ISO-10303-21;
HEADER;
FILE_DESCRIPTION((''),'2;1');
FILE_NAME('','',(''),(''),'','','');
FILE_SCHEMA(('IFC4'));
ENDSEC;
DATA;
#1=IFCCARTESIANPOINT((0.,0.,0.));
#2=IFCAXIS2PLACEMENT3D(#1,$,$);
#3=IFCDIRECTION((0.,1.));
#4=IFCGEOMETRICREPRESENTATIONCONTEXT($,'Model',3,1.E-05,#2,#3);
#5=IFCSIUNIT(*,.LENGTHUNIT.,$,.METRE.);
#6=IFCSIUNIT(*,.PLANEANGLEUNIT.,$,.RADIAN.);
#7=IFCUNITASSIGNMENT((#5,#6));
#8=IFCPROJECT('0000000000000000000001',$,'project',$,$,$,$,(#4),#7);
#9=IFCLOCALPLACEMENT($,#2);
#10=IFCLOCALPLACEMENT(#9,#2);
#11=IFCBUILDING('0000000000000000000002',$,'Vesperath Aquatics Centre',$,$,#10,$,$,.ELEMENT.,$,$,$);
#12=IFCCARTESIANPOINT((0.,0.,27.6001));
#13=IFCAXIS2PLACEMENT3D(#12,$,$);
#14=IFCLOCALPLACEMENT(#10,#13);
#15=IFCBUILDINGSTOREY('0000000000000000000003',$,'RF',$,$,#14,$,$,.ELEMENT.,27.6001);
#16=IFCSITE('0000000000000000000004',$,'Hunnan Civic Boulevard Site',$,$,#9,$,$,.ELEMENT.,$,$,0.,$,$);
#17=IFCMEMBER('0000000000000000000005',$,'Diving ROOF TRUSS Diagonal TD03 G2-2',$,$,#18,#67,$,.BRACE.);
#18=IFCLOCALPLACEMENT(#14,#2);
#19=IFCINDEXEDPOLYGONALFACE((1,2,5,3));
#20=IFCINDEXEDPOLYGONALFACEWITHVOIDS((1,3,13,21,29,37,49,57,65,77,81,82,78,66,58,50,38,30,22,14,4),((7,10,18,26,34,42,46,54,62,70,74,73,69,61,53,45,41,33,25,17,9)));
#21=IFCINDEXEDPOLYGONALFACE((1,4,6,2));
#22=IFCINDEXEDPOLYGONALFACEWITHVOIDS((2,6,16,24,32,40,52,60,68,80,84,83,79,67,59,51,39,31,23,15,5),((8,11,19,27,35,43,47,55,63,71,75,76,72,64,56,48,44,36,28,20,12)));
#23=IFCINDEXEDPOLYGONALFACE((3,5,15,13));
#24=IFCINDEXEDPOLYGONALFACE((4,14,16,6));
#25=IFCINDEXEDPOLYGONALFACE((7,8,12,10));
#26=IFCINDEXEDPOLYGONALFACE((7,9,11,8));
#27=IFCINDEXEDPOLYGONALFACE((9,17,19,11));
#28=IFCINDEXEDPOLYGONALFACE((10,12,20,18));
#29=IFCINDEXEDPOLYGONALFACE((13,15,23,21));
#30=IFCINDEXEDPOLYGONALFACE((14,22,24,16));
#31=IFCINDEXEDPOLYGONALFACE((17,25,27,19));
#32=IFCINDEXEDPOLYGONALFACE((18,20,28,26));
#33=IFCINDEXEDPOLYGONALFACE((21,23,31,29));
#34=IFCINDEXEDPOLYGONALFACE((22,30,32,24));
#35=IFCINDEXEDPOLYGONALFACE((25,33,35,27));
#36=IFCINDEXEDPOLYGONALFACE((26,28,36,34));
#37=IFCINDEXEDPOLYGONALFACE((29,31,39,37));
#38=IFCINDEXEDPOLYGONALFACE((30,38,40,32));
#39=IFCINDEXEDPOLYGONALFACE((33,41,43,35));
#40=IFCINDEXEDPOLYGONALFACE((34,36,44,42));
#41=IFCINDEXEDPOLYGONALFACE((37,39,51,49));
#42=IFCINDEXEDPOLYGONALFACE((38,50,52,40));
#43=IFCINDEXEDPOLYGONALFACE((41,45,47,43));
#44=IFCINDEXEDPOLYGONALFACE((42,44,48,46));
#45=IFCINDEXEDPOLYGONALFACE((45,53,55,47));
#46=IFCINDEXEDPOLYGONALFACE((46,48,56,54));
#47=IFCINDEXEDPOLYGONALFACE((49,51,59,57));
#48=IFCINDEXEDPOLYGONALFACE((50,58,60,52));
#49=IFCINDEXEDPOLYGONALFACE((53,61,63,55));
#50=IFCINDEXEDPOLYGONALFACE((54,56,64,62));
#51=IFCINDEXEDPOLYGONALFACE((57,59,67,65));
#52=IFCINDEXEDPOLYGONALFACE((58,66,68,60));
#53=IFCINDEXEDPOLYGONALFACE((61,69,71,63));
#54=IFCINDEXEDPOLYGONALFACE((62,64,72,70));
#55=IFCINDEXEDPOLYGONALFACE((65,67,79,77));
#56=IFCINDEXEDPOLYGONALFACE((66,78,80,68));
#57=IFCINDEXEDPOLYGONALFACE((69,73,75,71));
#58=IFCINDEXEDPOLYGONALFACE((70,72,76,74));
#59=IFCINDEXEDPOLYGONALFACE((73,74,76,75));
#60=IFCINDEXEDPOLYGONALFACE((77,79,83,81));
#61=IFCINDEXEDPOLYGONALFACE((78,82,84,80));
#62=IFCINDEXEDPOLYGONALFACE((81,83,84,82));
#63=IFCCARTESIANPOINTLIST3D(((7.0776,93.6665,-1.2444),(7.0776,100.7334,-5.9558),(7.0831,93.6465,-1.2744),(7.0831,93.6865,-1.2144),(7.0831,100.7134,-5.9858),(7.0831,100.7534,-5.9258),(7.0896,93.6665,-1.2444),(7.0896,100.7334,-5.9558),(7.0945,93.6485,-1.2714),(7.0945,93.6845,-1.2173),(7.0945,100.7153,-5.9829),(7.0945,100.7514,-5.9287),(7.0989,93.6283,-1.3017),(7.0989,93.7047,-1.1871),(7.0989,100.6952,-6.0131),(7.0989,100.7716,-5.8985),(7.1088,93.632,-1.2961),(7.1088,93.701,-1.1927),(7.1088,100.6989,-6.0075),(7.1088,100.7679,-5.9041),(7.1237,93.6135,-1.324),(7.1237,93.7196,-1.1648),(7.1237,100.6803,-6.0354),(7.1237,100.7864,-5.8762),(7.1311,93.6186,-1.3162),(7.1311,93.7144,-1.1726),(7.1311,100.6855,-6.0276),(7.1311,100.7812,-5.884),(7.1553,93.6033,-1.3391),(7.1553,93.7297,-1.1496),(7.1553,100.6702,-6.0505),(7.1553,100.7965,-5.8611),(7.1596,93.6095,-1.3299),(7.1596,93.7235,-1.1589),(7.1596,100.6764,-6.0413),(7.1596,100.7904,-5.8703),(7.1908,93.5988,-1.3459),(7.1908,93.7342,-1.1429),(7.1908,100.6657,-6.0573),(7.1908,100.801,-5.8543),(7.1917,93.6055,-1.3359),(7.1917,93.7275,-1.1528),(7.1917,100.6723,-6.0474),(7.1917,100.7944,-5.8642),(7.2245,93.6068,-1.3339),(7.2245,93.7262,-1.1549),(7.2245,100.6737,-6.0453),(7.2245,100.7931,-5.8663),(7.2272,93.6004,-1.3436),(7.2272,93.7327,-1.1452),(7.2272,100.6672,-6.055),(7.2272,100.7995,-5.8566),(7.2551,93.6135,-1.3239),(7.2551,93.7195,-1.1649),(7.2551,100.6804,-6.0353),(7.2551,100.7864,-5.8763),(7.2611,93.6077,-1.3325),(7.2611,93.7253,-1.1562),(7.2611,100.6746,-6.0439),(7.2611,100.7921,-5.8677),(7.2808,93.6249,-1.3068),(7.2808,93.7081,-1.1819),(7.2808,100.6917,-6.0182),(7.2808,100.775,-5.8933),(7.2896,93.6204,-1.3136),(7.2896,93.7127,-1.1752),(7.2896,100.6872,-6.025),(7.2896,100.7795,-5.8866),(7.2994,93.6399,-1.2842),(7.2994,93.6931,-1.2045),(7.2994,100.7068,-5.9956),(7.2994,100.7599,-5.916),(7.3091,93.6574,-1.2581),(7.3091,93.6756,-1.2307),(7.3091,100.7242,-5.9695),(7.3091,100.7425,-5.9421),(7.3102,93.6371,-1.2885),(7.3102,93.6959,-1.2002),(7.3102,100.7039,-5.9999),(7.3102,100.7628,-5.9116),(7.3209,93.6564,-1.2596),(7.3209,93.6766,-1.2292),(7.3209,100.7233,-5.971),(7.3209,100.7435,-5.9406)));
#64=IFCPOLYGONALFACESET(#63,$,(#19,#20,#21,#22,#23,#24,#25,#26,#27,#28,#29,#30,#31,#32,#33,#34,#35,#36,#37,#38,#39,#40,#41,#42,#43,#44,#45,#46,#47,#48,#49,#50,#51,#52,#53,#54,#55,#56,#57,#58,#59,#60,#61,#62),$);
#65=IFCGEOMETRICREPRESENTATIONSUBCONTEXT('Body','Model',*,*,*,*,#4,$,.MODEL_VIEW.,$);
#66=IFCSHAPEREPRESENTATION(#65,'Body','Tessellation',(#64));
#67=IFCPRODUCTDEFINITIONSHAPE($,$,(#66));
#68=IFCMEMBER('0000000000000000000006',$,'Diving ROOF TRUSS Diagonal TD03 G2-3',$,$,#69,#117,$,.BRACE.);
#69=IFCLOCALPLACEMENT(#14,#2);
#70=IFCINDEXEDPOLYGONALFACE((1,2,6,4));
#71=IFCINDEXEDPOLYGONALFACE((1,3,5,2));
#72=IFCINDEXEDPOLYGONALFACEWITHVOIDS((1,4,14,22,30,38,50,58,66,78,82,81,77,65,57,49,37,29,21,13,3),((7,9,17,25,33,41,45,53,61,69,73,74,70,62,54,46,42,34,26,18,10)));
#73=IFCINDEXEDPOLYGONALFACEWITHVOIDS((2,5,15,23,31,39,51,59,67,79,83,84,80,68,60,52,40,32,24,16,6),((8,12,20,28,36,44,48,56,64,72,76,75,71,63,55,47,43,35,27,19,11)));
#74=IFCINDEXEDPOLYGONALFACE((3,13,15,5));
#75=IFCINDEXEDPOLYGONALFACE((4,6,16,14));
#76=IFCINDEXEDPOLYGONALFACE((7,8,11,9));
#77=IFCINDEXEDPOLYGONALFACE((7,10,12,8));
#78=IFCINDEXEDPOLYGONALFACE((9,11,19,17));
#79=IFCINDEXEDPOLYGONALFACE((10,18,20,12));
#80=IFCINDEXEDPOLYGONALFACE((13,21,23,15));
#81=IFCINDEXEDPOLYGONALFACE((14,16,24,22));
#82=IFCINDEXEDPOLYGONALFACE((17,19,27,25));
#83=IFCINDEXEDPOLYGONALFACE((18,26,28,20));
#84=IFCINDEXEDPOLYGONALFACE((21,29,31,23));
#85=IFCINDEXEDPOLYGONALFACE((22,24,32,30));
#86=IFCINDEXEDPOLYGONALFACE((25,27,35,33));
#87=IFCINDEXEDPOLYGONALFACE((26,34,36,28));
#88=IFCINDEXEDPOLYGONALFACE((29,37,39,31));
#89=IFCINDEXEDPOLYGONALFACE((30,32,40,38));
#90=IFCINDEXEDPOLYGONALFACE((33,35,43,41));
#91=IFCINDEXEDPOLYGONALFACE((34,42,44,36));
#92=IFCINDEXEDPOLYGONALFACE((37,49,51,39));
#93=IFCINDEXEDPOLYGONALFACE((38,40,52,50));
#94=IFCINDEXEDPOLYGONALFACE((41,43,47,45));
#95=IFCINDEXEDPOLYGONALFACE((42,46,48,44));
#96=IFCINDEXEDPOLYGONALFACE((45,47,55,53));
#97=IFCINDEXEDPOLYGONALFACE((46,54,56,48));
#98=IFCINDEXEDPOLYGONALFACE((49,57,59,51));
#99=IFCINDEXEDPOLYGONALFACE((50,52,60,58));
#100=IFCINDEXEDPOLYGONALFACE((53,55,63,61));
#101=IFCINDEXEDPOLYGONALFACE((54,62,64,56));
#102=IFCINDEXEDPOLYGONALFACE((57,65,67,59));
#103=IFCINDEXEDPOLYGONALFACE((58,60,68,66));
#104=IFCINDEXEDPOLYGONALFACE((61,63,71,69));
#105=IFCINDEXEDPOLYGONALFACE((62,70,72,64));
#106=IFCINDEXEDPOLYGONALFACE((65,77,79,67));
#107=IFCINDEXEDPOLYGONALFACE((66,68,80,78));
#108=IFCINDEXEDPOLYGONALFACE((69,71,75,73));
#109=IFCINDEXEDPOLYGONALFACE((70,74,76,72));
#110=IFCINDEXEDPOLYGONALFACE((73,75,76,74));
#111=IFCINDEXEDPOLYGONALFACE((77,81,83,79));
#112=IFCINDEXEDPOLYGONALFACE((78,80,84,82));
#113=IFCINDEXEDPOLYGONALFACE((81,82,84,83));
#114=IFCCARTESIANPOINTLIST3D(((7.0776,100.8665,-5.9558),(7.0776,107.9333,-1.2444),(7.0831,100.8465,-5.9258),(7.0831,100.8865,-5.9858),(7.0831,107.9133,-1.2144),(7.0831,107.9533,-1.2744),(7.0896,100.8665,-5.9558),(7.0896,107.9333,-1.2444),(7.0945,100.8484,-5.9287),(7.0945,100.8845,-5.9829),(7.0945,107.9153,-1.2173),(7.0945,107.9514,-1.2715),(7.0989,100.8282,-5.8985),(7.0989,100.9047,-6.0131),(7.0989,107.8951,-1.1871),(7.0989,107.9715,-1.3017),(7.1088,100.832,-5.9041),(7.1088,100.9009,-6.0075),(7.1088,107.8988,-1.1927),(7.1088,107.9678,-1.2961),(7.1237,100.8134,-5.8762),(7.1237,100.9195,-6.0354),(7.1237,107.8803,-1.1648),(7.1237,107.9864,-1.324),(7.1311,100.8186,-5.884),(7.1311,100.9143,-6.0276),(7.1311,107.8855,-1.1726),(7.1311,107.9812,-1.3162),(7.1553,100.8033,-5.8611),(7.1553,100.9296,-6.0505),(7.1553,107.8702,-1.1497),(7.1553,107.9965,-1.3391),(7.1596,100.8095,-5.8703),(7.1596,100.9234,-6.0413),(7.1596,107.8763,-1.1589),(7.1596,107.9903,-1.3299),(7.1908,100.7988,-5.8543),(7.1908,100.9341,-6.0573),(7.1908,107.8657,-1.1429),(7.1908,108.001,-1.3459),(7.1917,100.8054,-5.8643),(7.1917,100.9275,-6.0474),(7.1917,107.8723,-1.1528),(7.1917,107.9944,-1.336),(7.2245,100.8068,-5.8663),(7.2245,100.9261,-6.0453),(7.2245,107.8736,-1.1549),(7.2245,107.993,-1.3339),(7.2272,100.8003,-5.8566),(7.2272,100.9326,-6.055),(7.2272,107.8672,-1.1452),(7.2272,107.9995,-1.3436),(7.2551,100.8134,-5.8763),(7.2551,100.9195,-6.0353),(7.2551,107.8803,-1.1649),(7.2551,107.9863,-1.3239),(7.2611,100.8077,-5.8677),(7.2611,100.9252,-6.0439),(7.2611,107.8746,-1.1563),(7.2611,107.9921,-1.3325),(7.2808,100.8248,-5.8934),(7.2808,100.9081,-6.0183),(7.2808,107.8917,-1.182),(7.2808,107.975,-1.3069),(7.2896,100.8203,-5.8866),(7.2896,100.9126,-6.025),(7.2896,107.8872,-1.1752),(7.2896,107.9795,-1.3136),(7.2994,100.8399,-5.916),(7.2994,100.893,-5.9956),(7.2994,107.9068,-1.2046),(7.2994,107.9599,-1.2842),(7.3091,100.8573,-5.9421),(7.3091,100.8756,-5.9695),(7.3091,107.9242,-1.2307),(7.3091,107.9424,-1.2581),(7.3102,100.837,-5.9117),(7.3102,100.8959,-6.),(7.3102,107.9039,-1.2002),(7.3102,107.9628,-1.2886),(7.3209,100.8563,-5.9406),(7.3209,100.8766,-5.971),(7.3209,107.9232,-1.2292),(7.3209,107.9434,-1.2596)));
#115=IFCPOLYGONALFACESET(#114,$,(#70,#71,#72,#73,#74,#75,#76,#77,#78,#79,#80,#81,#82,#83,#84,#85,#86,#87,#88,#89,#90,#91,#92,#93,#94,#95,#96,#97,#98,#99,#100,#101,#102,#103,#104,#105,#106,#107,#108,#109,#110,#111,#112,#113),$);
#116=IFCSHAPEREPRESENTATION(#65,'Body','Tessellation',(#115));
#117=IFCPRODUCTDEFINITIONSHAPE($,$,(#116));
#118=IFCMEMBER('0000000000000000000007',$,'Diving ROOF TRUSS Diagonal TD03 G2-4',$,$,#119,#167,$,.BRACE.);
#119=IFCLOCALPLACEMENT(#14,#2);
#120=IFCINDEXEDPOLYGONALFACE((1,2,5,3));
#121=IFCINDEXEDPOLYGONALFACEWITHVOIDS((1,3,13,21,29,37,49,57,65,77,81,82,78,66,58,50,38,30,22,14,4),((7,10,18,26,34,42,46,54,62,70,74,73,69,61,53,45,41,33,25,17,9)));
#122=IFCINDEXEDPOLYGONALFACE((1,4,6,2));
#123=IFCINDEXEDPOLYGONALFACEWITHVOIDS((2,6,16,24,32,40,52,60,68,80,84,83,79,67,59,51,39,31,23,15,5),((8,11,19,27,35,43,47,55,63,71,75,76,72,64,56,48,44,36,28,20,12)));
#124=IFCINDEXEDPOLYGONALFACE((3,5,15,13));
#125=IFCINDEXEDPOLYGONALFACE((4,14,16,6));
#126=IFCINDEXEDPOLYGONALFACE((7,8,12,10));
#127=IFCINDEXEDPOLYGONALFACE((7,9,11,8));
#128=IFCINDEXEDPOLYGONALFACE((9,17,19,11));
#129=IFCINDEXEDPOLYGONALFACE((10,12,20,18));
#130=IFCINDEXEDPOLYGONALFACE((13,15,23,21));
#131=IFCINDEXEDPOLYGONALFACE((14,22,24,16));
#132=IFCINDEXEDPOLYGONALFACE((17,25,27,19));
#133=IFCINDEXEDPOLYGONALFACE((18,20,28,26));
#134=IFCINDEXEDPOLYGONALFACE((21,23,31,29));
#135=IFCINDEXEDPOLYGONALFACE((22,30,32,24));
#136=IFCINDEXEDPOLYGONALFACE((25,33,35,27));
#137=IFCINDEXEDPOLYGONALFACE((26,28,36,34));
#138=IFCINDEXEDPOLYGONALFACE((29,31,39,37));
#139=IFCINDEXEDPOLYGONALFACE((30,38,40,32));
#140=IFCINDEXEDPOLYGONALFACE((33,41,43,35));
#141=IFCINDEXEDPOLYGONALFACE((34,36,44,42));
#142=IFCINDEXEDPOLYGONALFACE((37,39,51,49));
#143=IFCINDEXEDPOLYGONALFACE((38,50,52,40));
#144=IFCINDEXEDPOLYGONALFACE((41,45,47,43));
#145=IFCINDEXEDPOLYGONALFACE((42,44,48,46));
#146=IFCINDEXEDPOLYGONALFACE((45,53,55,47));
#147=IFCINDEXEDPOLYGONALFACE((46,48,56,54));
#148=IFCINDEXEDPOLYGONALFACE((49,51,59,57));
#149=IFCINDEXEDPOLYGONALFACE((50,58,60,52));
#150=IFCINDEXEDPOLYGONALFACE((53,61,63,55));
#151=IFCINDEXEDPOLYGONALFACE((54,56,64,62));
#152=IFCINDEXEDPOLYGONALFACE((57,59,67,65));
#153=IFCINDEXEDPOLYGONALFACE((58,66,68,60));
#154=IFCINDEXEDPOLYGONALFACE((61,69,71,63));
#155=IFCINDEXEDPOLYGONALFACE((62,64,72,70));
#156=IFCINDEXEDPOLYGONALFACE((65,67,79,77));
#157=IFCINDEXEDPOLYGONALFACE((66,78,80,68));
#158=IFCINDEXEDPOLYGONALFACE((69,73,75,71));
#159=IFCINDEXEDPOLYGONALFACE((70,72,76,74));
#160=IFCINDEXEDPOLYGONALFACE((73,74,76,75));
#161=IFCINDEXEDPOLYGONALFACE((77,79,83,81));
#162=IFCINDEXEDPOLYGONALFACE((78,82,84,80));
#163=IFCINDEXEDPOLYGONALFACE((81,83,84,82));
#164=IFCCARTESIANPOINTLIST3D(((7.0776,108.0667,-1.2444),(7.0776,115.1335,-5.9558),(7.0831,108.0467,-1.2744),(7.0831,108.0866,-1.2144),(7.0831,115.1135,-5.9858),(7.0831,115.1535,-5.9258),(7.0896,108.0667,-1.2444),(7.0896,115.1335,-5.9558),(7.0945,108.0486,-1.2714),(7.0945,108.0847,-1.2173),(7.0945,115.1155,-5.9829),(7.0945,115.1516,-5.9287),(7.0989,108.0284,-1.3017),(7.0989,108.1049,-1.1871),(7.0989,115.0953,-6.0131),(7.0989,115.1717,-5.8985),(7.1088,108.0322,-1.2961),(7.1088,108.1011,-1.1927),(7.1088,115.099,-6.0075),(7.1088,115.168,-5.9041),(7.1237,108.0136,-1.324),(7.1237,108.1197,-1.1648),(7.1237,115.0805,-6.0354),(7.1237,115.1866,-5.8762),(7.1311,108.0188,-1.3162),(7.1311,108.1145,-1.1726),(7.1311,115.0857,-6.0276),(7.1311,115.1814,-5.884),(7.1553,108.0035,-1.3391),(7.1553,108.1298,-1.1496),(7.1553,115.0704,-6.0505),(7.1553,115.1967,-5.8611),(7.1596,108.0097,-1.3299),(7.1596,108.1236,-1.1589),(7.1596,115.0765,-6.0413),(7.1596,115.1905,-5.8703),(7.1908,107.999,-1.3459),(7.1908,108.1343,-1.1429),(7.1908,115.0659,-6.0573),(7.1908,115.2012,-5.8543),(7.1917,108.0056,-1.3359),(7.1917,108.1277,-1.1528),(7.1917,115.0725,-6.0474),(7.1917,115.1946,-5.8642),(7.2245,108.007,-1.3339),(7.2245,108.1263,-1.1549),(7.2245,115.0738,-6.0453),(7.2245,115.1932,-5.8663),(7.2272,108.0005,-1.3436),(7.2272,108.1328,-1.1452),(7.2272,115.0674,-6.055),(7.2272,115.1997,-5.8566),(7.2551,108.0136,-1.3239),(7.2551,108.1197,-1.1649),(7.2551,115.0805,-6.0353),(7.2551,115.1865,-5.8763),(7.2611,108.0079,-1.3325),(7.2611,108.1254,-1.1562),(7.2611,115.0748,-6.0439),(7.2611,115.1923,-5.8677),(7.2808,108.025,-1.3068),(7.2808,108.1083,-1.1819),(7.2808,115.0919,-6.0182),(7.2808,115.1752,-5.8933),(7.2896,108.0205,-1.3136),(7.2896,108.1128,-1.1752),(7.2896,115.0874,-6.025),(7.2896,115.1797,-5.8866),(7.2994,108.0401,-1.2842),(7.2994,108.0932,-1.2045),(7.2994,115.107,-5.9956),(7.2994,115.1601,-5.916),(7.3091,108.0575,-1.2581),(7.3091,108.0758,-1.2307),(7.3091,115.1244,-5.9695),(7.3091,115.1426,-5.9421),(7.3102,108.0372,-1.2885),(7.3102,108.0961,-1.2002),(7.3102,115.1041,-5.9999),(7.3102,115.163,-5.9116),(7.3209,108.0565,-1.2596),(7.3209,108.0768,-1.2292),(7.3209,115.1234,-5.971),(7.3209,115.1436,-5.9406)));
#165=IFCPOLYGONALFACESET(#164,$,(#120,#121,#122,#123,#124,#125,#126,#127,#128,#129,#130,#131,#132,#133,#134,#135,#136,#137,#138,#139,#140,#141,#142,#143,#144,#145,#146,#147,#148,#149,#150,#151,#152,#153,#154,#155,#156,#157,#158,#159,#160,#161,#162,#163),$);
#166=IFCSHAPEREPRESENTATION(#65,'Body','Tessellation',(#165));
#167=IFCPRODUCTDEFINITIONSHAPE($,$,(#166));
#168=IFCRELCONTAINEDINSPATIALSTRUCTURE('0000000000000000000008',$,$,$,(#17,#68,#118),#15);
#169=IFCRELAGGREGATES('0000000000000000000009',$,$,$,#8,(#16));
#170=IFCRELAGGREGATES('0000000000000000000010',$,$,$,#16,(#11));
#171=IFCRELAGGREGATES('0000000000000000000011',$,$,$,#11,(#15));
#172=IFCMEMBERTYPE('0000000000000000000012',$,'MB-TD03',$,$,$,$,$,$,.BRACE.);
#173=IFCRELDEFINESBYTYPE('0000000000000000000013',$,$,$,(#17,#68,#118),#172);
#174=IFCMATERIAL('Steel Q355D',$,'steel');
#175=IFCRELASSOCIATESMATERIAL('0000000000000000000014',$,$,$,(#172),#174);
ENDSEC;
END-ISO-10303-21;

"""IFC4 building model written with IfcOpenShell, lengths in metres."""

from ifc_helpers import new_model, si_unit, direction, frame, origin, origin_2d, place, context, subcontext, project, spatial, hollow_circle, extrude, material, material_profile, profile_set, type_object, element, save


model = new_model("IFC4")

# Units and contexts
model_context = context("Model", 3, precision=1e-05, world=origin(), true_north=direction((0.0, 1.0)))
body_context = subcontext(model_context, "Body", "Model", "MODEL_VIEW")
ifc_project = project(units=[si_unit("LENGTHUNIT", "METRE"), si_unit("PLANEANGLEUNIT", "RADIAN")], contexts=[model_context])

# Site, building, storey
site_placement = place(None, origin())
site = spatial("IfcSite", under=ifc_project, at=site_placement, Name="Hunnan Civic Boulevard Site", CompositionType="ELEMENT", RefElevation=0.0)
building_placement = place(site_placement, origin())
building = spatial("IfcBuilding", under=site, at=building_placement, Name="Vesperath Aquatics Centre", CompositionType="ELEMENT")
storey_placement = place(building_placement, frame((0.0, 0.0, 27.6001)))
storey = spatial("IfcBuildingStorey", under=building, at=storey_placement, Name="RF", CompositionType="ELEMENT", Elevation=27.6001)

# Members
ifc_material_1 = material(Name="Steel Q355D", Category="steel")
ifc_material_profile_1 = material_profile(ifc_material_1, hollow_circle(Radius=0.1223, WallThickness=0.012, at=origin_2d()), Name="CHS 244.5x12")
ifc_profile_set_1 = profile_set([ifc_material_profile_1], Name="Steel Q355D")
member_type_1 = type_object("IfcMemberType", Name="MB-TD03", PredefinedType="BRACE", material=ifc_profile_set_1)
for number, where, z_axis, x_axis, name in (
    (1, (7.2, 93.6665, -1.2444), (0.0, 0.832041, -0.554713), (-1.0, 0.0, 0.0), "Diving ROOF TRUSS Diagonal TD03 G2-2"),
    (2, (7.2, 100.8665, -5.9558), (0.0, 0.832041, 0.554713), (-1.0, 0.0, 0.0), "Diving ROOF TRUSS Diagonal TD03 G2-3"),
    (3, (7.2, 108.0667, -1.2444), (0.0, 0.832041, -0.554713), (-1.0, 0.0, 0.0), "Diving ROOF TRUSS Diagonal TD03 G2-4"),
):
    element("IfcMember", number, at=place(storey_placement, frame(where, z_axis=z_axis, x_axis=x_axis)), inside=storey, type_object=member_type_1, Name=name, PredefinedType="BRACE", context=body_context, shape_type="SweptSolid", body=[
        extrude(hollow_circle(Radius=0.1223, WallThickness=0.012, at=origin_2d()), origin(), (0.0, 0.0, 1.0), 8.4934),
    ])

save(model, "model.ifc")
